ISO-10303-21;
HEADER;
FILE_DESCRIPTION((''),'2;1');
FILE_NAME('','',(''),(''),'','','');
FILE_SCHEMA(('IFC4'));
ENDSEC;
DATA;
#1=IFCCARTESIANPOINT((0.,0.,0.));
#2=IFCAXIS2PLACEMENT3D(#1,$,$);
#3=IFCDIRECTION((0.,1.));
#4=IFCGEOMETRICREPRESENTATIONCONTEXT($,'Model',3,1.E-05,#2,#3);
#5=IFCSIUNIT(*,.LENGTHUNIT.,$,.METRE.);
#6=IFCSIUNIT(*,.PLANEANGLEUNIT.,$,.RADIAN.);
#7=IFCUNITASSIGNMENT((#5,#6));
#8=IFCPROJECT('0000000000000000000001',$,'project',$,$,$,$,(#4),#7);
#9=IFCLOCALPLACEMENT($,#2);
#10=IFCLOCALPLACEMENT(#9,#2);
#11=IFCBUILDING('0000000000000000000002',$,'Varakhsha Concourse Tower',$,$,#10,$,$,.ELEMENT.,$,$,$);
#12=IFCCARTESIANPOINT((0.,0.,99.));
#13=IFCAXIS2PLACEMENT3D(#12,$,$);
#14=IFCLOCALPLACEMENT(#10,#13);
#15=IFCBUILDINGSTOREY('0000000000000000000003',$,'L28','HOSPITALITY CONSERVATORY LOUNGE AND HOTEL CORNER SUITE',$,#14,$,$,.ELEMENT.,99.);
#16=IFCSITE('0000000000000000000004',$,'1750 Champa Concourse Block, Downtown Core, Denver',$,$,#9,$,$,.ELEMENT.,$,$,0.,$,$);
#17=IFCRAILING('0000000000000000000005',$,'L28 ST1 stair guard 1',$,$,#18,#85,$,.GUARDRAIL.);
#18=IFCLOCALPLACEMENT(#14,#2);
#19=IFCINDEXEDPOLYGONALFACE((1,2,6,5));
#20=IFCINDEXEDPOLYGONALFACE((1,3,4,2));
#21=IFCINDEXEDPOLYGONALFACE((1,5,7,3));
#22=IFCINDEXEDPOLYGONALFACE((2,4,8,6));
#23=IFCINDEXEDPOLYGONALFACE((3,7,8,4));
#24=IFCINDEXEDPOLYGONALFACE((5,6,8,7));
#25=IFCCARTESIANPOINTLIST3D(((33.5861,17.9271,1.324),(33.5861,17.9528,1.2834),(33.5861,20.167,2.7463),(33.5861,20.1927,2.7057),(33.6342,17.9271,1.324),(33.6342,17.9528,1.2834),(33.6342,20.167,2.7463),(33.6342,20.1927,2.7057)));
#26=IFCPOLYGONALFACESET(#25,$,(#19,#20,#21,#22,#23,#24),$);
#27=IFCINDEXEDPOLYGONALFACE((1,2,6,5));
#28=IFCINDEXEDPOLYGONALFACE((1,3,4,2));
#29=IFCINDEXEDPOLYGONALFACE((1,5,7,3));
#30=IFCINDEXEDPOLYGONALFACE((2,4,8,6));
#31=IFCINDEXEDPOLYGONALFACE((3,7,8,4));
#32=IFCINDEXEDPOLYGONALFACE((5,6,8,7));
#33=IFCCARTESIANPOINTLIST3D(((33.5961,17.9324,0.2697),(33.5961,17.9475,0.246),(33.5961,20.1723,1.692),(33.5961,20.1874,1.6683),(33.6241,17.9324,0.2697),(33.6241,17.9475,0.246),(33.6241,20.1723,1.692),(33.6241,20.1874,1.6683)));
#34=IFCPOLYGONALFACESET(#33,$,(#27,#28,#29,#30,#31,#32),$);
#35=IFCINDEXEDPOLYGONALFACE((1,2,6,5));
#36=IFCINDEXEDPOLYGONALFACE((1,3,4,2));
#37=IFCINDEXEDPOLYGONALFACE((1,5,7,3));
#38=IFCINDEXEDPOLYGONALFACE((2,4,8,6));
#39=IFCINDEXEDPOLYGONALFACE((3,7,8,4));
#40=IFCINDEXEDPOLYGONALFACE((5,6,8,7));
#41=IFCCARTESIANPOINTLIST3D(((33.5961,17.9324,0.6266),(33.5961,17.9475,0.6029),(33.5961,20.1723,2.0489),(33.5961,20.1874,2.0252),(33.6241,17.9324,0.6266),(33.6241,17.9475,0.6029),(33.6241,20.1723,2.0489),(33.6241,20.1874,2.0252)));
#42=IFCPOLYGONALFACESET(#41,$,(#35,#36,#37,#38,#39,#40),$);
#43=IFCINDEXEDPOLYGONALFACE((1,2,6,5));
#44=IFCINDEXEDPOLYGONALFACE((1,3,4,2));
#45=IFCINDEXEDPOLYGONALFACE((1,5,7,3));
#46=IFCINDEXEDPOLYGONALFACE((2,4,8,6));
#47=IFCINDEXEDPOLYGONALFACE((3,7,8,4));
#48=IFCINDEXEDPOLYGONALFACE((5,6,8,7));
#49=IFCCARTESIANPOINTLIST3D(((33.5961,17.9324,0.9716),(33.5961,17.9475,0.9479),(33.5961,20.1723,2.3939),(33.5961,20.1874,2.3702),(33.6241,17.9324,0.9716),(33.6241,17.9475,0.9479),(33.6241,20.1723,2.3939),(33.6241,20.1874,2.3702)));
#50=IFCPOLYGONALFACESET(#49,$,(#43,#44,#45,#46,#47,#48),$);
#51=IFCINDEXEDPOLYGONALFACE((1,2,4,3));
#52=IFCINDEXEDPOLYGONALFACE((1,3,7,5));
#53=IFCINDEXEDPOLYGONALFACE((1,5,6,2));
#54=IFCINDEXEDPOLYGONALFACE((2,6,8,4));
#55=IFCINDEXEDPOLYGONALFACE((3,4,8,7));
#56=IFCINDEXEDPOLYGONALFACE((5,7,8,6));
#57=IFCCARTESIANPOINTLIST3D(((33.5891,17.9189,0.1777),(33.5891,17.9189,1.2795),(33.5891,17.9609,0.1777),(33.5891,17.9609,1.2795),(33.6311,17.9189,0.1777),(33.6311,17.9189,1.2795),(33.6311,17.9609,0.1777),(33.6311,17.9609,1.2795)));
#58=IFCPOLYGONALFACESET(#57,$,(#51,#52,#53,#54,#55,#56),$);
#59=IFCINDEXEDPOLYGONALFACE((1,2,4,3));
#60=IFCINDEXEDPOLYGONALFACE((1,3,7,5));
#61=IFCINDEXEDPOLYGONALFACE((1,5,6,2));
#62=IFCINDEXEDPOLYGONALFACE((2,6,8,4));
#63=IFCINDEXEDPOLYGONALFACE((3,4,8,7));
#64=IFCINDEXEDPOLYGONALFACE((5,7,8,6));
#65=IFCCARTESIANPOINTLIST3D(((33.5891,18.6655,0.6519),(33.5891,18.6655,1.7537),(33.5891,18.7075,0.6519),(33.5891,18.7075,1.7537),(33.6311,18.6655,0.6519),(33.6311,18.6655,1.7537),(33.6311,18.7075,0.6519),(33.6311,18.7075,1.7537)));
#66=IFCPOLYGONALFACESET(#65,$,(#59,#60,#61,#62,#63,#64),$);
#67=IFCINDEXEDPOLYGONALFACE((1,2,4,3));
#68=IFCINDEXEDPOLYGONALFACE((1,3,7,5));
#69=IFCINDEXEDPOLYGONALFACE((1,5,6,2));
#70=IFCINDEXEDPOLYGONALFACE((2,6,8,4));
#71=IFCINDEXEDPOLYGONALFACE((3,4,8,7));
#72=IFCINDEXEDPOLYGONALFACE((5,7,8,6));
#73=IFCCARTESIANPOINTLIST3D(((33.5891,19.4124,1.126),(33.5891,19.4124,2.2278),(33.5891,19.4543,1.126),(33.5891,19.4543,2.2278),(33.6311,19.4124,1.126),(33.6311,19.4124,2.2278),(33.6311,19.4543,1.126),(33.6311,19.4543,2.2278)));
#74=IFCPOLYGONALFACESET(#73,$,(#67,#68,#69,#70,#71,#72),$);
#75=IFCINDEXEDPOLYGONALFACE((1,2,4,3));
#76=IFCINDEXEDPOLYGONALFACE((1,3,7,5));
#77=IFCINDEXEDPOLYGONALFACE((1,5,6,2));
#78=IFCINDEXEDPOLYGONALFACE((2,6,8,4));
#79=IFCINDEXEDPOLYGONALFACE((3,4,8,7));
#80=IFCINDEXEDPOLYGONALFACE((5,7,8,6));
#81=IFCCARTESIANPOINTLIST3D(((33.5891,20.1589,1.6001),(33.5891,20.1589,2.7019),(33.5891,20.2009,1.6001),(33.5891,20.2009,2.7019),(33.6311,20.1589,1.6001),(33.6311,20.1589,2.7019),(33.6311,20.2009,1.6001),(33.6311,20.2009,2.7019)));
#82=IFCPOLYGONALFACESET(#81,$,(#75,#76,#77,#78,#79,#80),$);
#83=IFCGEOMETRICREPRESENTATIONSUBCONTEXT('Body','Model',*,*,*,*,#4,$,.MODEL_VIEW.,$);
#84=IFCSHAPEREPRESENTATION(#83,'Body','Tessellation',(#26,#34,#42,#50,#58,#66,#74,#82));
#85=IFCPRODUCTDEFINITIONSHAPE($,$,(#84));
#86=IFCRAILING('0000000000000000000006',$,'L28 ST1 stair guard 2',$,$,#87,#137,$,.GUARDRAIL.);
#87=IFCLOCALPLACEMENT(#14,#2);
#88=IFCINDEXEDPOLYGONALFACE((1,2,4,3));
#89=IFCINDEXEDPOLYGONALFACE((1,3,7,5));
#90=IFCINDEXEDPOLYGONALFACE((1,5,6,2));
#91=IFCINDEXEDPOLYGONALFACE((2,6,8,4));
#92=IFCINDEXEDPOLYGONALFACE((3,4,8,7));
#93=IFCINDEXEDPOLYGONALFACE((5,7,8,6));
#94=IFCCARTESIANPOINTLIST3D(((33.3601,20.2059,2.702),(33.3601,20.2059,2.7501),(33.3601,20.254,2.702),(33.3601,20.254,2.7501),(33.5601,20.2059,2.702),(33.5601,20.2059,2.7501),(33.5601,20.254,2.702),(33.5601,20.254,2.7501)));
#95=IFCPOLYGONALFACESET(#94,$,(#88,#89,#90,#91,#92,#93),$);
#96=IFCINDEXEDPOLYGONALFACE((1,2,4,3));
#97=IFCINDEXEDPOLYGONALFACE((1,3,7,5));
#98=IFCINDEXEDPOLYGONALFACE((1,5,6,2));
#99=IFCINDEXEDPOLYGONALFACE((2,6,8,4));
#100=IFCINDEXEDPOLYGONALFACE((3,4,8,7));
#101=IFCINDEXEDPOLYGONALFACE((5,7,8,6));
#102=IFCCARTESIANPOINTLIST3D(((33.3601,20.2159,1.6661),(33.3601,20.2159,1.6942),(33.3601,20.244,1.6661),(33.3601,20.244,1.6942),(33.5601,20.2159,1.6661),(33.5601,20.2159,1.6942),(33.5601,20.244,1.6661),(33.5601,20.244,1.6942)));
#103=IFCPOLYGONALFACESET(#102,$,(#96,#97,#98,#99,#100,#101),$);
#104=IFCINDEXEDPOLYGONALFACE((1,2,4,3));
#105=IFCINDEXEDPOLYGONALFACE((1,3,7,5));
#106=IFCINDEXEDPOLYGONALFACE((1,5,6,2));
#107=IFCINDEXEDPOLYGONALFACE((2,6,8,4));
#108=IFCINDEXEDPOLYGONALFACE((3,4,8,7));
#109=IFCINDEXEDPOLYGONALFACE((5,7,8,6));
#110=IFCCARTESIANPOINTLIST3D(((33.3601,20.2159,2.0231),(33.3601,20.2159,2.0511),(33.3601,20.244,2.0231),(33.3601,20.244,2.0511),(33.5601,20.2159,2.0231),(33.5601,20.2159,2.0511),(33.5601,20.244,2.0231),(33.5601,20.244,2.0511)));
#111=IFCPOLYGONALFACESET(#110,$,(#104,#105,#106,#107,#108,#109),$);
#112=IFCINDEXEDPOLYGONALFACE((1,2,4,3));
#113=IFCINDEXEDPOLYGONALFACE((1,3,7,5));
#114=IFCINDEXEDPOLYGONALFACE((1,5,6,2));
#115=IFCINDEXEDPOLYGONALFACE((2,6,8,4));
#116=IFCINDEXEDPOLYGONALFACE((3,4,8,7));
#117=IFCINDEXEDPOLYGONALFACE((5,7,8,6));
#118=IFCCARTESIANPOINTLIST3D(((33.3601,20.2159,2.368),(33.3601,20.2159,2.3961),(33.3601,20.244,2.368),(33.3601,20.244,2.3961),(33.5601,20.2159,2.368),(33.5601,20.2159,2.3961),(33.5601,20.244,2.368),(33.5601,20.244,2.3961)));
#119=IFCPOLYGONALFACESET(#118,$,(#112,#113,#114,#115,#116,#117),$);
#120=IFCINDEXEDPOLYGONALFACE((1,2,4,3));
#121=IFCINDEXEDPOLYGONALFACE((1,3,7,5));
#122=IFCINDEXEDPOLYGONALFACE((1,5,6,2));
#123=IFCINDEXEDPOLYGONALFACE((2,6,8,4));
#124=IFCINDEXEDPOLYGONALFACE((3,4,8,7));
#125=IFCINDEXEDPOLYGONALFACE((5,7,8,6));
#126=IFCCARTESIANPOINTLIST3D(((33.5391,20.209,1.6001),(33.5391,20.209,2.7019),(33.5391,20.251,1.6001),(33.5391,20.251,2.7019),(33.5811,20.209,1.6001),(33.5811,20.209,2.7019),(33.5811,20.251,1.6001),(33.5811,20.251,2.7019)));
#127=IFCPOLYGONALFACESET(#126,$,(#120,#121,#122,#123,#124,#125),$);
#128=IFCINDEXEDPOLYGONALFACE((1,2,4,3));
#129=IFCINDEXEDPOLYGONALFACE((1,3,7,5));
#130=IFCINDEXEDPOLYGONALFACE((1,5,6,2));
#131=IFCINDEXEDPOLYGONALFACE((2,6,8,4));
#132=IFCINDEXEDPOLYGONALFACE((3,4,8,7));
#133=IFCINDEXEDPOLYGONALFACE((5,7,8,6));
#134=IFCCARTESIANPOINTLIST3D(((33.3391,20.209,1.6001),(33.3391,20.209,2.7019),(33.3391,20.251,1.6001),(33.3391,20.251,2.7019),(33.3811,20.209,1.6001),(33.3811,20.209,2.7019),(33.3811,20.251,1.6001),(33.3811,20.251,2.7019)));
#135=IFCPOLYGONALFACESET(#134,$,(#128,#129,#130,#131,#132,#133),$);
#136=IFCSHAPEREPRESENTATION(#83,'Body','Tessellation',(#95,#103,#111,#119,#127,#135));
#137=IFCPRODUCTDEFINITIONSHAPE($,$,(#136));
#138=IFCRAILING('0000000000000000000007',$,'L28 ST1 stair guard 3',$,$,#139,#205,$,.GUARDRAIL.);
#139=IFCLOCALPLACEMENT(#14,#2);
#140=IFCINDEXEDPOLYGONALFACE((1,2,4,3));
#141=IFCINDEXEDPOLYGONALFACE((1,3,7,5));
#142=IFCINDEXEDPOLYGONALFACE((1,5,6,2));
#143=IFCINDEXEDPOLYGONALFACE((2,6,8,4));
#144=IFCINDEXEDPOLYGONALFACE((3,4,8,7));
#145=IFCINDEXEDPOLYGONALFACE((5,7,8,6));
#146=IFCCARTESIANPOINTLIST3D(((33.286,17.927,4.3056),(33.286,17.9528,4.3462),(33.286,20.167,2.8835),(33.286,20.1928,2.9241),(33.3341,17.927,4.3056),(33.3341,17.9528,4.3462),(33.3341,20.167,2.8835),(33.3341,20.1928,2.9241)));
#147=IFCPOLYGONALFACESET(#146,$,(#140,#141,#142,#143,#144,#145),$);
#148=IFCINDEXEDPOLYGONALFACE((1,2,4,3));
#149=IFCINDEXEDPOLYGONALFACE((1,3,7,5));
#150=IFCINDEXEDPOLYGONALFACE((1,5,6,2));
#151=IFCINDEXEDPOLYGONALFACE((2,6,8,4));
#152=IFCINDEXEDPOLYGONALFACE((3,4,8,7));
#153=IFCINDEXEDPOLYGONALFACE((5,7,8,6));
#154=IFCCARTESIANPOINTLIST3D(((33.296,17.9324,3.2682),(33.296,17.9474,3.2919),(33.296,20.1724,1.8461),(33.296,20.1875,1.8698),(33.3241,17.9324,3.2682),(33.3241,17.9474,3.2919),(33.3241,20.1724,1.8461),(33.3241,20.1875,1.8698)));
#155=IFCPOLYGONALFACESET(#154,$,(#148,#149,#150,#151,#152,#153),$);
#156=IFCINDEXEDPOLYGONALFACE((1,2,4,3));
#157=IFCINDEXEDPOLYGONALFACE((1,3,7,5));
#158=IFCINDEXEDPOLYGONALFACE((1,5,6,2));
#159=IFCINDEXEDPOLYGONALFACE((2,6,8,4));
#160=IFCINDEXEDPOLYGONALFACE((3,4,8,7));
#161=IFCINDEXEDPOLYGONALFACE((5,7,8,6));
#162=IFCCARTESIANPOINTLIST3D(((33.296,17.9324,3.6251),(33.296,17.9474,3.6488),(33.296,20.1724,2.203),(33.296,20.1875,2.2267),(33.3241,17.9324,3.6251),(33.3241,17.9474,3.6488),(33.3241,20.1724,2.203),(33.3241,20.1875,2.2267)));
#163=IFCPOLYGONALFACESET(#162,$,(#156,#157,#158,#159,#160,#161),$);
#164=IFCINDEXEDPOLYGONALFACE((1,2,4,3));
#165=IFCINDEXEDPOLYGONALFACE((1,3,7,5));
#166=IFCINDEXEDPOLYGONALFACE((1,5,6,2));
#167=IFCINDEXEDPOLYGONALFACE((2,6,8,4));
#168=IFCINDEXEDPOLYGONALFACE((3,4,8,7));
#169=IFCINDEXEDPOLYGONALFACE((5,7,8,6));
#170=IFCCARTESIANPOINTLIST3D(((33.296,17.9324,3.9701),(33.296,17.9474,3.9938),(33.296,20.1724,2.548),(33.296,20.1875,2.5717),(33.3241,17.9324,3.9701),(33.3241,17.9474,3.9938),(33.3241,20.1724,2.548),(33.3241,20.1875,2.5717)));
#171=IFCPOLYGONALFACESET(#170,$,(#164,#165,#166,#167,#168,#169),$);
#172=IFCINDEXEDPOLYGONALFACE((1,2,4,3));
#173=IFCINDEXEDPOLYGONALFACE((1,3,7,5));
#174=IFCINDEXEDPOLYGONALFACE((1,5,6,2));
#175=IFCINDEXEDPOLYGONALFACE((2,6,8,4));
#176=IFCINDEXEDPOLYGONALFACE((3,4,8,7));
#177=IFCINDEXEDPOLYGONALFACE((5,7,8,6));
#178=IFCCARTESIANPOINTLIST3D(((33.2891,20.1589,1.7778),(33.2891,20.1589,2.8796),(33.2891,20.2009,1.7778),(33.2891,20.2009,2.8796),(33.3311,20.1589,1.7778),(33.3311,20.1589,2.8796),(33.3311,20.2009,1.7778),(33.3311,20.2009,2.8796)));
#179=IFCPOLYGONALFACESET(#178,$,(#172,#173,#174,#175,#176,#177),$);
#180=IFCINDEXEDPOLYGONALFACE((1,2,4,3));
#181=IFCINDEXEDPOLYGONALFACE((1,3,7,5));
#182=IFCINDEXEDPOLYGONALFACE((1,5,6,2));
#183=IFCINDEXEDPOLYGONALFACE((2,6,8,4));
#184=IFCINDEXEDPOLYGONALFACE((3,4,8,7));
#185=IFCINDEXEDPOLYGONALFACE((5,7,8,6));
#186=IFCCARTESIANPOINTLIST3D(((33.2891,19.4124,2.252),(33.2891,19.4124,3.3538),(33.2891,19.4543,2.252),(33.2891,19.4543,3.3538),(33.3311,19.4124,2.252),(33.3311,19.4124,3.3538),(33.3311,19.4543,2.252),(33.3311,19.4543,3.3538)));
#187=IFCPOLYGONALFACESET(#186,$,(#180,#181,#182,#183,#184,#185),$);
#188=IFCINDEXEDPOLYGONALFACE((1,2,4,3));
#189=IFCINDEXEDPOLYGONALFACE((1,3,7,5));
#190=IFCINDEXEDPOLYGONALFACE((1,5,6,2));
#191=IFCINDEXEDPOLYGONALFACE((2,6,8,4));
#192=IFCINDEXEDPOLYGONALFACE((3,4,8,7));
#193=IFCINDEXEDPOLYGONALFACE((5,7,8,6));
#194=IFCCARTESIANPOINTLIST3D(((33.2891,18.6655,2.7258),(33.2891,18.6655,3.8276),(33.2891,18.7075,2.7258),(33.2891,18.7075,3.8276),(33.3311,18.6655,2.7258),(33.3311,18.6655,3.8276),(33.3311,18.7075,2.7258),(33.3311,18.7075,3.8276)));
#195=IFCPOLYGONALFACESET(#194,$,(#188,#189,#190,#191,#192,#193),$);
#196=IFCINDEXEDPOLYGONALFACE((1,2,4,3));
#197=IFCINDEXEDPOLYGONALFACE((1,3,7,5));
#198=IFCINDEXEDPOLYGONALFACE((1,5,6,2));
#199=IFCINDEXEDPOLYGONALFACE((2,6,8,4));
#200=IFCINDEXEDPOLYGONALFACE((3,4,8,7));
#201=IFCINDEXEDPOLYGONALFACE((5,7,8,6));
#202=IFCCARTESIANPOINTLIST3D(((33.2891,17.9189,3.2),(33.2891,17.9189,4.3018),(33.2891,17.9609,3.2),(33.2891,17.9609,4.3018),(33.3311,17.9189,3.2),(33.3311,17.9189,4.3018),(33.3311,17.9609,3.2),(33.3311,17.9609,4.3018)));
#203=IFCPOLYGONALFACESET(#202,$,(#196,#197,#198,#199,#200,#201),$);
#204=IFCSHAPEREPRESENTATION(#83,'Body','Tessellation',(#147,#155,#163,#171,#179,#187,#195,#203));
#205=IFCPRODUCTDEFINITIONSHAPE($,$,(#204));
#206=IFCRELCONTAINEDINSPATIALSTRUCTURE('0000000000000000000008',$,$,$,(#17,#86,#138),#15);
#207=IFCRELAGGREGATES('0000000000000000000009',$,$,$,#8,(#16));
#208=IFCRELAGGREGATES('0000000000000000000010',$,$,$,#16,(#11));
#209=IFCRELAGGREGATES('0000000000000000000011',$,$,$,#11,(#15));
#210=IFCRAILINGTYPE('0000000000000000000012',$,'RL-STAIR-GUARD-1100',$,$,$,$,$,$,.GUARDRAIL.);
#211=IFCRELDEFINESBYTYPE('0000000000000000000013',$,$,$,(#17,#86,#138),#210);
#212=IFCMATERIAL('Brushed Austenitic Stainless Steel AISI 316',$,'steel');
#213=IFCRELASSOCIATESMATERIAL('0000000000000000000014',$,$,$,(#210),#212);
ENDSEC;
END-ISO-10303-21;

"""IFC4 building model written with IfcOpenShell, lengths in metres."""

from ifc_helpers import new_model, si_unit, direction, frame, origin, origin_2d, place, context, subcontext, project, spatial, rectangle, extrude, material, type_object, element, save


model = new_model("IFC4")

# Units and contexts
model_context = context("Model", 3, precision=1e-05, world=origin(), true_north=direction((0.0, 1.0)))
body_context = subcontext(model_context, "Body", "Model", "MODEL_VIEW")
ifc_project = project(units=[si_unit("LENGTHUNIT", "METRE"), si_unit("PLANEANGLEUNIT", "RADIAN")], contexts=[model_context])

# Site, building, storey
site_placement = place(None, origin())
site = spatial("IfcSite", under=ifc_project, at=site_placement, Name="1750 Champa Concourse Block, Downtown Core, Denver", CompositionType="ELEMENT", RefElevation=0.0)
building_placement = place(site_placement, origin())
building = spatial("IfcBuilding", under=site, at=building_placement, Name="Varakhsha Concourse Tower", CompositionType="ELEMENT")
storey_placement = place(building_placement, frame((0.0, 0.0, 99.0)))
storey = spatial("IfcBuildingStorey", under=building, at=storey_placement, Name="L28", Description="HOSPITALITY CONSERVATORY LOUNGE AND HOTEL CORNER SUITE", CompositionType="ELEMENT", Elevation=99.0)

# Shared definitions
ifc_material_1 = material(Name="Brushed Austenitic Stainless Steel AISI 316", Category="steel")

# Railings
railing_type_1 = type_object("IfcRailingType", Name="RL-STAIR-GUARD-1100", PredefinedType="GUARDRAIL", material=ifc_material_1)
railing_1_placement = place(storey_placement, frame((33.6101, 17.9399, 0.1777)))
element("IfcRailing", 1, at=railing_1_placement, inside=storey, type_object=railing_type_1, Name="L28 ST1 stair guard 1", PredefinedType="GUARDRAIL", context=body_context, shape_type="SweptSolid", body=[
    extrude(rectangle(XDim=0.0481, YDim=0.0481, at=origin_2d()), frame((0.0, 0.0, 1.126), z_axis=(0.0, 0.844188, 0.536048), x_axis=(-1.0, 0.0, 0.0)), (0.0, 0.0, 1.0), 2.6533),
    extrude(rectangle(XDim=0.0281, YDim=0.0281, at=origin_2d()), frame((0.0, 0.0, 0.0801), z_axis=(0.0, 0.844188, 0.536048), x_axis=(-1.0, 0.0, 0.0)), (0.0, 0.0, 1.0), 2.6533),
    extrude(rectangle(XDim=0.0281, YDim=0.0281, at=origin_2d()), frame((0.0, 0.0, 0.437), z_axis=(0.0, 0.844188, 0.536048), x_axis=(-1.0, 0.0, 0.0)), (0.0, 0.0, 1.0), 2.6533),
    extrude(rectangle(XDim=0.0281, YDim=0.0281, at=origin_2d()), frame((0.0, 0.0, 0.782), z_axis=(0.0, 0.844188, 0.536048), x_axis=(-1.0, 0.0, 0.0)), (0.0, 0.0, 1.0), 2.6533),
    extrude(rectangle(XDim=0.042, YDim=0.042, at=origin_2d()), origin(), (0.0, 0.0, 1.0), 1.1018),
    extrude(rectangle(XDim=0.042, YDim=0.042, at=origin_2d()), frame((0.0, 0.7466, 0.4741)), (0.0, 0.0, 1.0), 1.1018),
    extrude(rectangle(XDim=0.042, YDim=0.042, at=origin_2d()), frame((0.0, 1.4934, 0.9482)), (0.0, 0.0, 1.0), 1.1018),
    extrude(rectangle(XDim=0.042, YDim=0.042, at=origin_2d()), frame((0.0, 2.24, 1.4224)), (0.0, 0.0, 1.0), 1.1018),
])
railing_2_placement = place(storey_placement, frame((33.5601, 20.23, 1.6001)))
element("IfcRailing", 2, at=railing_2_placement, inside=storey, type_object=railing_type_1, Name="L28 ST1 stair guard 2", PredefinedType="GUARDRAIL", context=body_context, shape_type="SweptSolid", body=[
    extrude(rectangle(XDim=0.0481, YDim=0.0481, at=origin_2d()), frame((0.0, 0.0, 1.126), z_axis=(-1.0, 0.0, 0.0), x_axis=(0.0, -1.0, 0.0)), (0.0, 0.0, 1.0), 0.2),
    extrude(rectangle(XDim=0.0281, YDim=0.0281, at=origin_2d()), frame((0.0, 0.0, 0.0801), z_axis=(-1.0, 0.0, 0.0), x_axis=(0.0, -1.0, 0.0)), (0.0, 0.0, 1.0), 0.2),
    extrude(rectangle(XDim=0.0281, YDim=0.0281, at=origin_2d()), frame((0.0, 0.0, 0.437), z_axis=(-1.0, 0.0, 0.0), x_axis=(0.0, -1.0, 0.0)), (0.0, 0.0, 1.0), 0.2),
    extrude(rectangle(XDim=0.0281, YDim=0.0281, at=origin_2d()), frame((0.0, 0.0, 0.782), z_axis=(-1.0, 0.0, 0.0), x_axis=(0.0, -1.0, 0.0)), (0.0, 0.0, 1.0), 0.2),
    extrude(rectangle(XDim=0.042, YDim=0.042, at=origin_2d()), origin(), (0.0, 0.0, 1.0), 1.1018),
    extrude(rectangle(XDim=0.042, YDim=0.042, at=origin_2d()), frame((-0.2, 0.0, 0.0)), (0.0, 0.0, 1.0), 1.1018),
])
railing_3_placement = place(storey_placement, frame((33.3101, 20.1799, 1.7778)))
element("IfcRailing", 3, at=railing_3_placement, inside=storey, type_object=railing_type_1, Name="L28 ST1 stair guard 3", PredefinedType="GUARDRAIL", context=body_context, shape_type="SweptSolid", body=[
    extrude(rectangle(XDim=0.0481, YDim=0.0481, at=origin_2d()), frame((0.0, 0.0, 1.126), z_axis=(0.0, -0.844229, 0.535982), x_axis=(1.0, 0.0, 0.0)), (0.0, 0.0, 1.0), 2.6533),
    extrude(rectangle(XDim=0.0281, YDim=0.0281, at=origin_2d()), frame((0.0, 0.0, 0.0801), z_axis=(0.0, -0.844229, 0.535982), x_axis=(1.0, 0.0, 0.0)), (0.0, 0.0, 1.0), 2.6533),
    extrude(rectangle(XDim=0.0281, YDim=0.0281, at=origin_2d()), frame((0.0, 0.0, 0.437), z_axis=(0.0, -0.844229, 0.535982), x_axis=(1.0, 0.0, 0.0)), (0.0, 0.0, 1.0), 2.6533),
    extrude(rectangle(XDim=0.0281, YDim=0.0281, at=origin_2d()), frame((0.0, 0.0, 0.782), z_axis=(0.0, -0.844229, 0.535982), x_axis=(1.0, 0.0, 0.0)), (0.0, 0.0, 1.0), 2.6533),
    extrude(rectangle(XDim=0.042, YDim=0.042, at=origin_2d()), origin(), (0.0, 0.0, 1.0), 1.1018),
    extrude(rectangle(XDim=0.042, YDim=0.042, at=origin_2d()), frame((0.0, -0.7466, 0.4741)), (0.0, 0.0, 1.0), 1.1018),
    extrude(rectangle(XDim=0.042, YDim=0.042, at=origin_2d()), frame((0.0, -1.4934, 0.948)), (0.0, 0.0, 1.0), 1.1018),
    extrude(rectangle(XDim=0.042, YDim=0.042, at=origin_2d()), frame((0.0, -2.24, 1.4221)), (0.0, 0.0, 1.0), 1.1018),
])

save(model, "model.ifc")
